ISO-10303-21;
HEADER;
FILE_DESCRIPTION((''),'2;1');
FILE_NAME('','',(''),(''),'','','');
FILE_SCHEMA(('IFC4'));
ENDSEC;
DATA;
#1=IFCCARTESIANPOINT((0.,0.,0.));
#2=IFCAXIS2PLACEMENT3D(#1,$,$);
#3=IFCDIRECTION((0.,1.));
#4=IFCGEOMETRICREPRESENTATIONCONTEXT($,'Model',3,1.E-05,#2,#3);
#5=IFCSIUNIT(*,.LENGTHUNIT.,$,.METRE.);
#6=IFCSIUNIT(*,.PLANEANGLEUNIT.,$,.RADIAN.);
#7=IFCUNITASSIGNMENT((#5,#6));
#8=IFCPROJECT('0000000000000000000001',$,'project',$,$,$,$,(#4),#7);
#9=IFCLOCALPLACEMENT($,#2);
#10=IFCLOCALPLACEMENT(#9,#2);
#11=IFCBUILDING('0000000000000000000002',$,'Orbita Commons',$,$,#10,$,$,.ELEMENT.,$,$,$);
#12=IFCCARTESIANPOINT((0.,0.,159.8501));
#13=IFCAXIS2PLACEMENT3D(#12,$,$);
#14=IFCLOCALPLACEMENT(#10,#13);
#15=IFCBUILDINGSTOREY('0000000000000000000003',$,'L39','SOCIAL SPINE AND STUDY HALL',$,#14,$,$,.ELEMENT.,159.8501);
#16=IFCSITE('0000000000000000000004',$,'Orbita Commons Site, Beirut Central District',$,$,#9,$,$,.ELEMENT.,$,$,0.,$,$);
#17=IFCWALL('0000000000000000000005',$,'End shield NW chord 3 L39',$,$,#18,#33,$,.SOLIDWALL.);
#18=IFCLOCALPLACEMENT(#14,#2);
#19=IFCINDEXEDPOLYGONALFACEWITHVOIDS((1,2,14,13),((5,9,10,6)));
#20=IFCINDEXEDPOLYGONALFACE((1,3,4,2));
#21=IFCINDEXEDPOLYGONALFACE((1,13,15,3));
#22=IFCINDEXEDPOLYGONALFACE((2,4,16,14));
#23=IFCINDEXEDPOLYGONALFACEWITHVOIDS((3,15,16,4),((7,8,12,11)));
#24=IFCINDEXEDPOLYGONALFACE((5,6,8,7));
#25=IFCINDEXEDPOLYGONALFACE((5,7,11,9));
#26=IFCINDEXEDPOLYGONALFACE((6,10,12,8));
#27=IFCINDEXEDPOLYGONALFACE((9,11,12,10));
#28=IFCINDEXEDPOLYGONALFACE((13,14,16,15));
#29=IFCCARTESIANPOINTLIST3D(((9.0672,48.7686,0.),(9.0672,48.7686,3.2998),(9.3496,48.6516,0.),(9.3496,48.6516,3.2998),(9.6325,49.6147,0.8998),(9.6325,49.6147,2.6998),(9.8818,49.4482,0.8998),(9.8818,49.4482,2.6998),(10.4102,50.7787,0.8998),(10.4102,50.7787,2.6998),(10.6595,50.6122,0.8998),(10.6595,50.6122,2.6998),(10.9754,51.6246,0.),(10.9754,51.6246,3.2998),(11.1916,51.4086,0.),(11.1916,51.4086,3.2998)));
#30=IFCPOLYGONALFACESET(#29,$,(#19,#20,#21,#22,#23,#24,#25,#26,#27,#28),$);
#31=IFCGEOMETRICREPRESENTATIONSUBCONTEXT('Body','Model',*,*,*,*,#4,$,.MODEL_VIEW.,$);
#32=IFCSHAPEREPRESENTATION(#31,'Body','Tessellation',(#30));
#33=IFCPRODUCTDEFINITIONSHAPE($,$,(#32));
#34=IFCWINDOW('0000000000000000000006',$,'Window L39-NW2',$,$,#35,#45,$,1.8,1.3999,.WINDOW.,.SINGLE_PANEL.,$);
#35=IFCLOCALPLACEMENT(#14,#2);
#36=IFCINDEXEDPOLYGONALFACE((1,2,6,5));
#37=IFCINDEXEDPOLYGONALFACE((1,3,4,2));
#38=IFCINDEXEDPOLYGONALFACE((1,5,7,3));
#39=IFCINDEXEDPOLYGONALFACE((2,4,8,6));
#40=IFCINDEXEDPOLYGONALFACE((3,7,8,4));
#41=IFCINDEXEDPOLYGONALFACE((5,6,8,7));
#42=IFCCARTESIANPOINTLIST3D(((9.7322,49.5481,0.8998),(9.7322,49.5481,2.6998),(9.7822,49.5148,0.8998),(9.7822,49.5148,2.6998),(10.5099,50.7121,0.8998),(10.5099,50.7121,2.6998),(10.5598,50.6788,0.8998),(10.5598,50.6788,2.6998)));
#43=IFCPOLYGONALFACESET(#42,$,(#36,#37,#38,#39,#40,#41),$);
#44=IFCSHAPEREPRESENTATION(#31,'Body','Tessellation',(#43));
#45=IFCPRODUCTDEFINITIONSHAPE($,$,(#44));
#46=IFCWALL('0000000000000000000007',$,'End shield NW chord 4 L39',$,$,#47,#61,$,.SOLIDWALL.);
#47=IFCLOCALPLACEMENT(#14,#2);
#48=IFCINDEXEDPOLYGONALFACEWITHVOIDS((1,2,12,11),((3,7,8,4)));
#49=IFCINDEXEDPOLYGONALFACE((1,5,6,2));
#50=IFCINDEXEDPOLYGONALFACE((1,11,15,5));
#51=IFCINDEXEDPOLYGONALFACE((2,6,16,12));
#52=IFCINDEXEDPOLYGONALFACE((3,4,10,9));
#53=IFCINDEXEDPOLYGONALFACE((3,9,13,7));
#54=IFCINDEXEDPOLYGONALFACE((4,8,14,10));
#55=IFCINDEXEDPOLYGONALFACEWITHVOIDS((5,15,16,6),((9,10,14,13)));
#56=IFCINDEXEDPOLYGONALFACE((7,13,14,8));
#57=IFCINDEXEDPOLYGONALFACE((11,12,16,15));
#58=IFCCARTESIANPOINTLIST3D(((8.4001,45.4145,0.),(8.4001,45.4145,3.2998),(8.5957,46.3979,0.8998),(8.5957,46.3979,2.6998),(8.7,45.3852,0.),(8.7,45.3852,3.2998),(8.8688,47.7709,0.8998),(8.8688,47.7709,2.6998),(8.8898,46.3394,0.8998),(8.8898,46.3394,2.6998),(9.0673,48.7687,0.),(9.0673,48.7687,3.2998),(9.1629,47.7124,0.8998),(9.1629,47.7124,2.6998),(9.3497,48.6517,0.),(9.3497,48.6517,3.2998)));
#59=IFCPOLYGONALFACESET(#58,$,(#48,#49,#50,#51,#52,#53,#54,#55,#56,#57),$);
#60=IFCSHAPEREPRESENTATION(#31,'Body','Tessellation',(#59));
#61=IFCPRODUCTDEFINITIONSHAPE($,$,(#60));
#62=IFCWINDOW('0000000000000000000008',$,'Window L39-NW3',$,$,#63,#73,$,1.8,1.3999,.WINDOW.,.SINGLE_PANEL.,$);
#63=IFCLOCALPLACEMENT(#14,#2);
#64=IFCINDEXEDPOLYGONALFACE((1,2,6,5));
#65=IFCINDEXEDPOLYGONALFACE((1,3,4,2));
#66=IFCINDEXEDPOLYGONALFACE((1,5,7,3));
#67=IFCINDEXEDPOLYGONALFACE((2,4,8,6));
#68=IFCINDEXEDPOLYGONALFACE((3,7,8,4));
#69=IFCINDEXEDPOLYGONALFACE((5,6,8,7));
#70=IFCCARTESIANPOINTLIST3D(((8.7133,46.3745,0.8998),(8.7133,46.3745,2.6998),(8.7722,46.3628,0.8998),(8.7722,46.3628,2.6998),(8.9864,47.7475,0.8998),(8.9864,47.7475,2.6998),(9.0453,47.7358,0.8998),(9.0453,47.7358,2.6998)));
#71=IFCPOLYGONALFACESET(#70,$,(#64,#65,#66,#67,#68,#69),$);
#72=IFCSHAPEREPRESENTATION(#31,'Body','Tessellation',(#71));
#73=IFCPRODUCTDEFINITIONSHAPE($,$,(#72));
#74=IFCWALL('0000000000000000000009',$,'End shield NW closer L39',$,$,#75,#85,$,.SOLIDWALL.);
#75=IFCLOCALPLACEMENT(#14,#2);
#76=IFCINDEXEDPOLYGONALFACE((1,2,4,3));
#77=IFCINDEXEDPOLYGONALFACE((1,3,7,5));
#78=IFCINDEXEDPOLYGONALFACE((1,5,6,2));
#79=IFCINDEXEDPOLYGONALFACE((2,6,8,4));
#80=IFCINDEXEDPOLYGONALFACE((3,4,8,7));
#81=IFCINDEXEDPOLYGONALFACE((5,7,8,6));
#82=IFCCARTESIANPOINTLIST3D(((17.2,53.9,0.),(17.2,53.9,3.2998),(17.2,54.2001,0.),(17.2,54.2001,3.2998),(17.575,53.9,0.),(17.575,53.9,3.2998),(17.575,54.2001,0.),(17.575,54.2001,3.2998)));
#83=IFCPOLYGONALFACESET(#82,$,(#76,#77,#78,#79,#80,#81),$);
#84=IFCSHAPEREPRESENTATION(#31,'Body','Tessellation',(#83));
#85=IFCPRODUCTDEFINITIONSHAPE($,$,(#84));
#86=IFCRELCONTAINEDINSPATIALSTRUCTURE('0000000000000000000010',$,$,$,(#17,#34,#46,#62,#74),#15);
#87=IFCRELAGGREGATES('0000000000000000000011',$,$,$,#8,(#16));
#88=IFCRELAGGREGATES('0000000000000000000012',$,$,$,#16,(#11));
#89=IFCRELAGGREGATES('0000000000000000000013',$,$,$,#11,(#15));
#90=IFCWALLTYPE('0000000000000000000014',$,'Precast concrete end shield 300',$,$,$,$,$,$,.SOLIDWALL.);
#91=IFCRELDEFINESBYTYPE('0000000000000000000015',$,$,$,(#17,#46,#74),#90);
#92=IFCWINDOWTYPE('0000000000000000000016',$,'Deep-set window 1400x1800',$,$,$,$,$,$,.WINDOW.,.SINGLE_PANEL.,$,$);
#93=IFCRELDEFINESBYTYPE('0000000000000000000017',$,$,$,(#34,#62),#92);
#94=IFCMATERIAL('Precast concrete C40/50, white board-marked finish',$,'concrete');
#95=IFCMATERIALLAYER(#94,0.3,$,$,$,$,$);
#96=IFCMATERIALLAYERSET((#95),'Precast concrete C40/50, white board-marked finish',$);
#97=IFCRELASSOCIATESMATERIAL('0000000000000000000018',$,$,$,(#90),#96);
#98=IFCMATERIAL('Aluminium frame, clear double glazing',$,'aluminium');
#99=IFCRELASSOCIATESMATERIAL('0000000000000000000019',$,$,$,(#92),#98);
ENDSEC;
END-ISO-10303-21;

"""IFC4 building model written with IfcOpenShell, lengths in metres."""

from ifc_helpers import new_model, si_unit, direction, frame, frame_2d, origin, place, context, subcontext, project, spatial, polyline, rectangle, outline, extrude, material, layer, layer_set, type_object, element, fill, save


model = new_model("IFC4")

# Units and contexts
model_context = context("Model", 3, precision=1e-05, world=origin(), true_north=direction((0.0, 1.0)))
body_context = subcontext(model_context, "Body", "Model", "MODEL_VIEW")
ifc_project = project(units=[si_unit("LENGTHUNIT", "METRE"), si_unit("PLANEANGLEUNIT", "RADIAN")], contexts=[model_context])

# Site, building, storey
site_placement = place(None, origin())
site = spatial("IfcSite", under=ifc_project, at=site_placement, Name="Orbita Commons Site, Beirut Central District", CompositionType="ELEMENT", RefElevation=0.0)
building_placement = place(site_placement, origin())
building = spatial("IfcBuilding", under=site, at=building_placement, Name="Orbita Commons", CompositionType="ELEMENT")
storey_placement = place(building_placement, frame((0.0, 0.0, 159.8501)))
storey = spatial("IfcBuildingStorey", under=building, at=storey_placement, Name="L39", Description="SOCIAL SPINE AND STUDY HALL", CompositionType="ELEMENT", Elevation=159.8501)

# Walls, openings, windows
ifc_material_1 = material(Name="Precast concrete C40/50, white board-marked finish", Category="concrete")
ifc_layer_1 = layer(ifc_material_1, 0.3)
ifc_layer_set_1 = layer_set([ifc_layer_1], Name="Precast concrete C40/50, white board-marked finish")
wall_type_1 = type_object("IfcWallType", Name="Precast concrete end shield 300", PredefinedType="SOLIDWALL", material=ifc_layer_set_1)
ifc_material_2 = material(Name="Aluminium frame, clear double glazing", Category="aluminium")
window_type = type_object("IfcWindowType", Name="Deep-set window 1400x1800", PartitioningType="SINGLE_PANEL", PredefinedType="WINDOW", material=ifc_material_2)
wall_1_placement = place(storey_placement, frame((11.0835, 51.5166, 0.0), z_axis=(0.0, 0.0, 1.0), x_axis=(-0.555535, -0.831493, 0.0)))
wall_1 = element("IfcWall", 1, at=wall_1_placement, inside=storey, type_object=wall_type_1, Name="End shield NW chord 3 L39", PredefinedType="SOLIDWALL", context=body_context, shape_type="SweptSolid", body=[
    extrude(outline(polyline([(-0.0298, -0.1499), (3.405, -0.1499), (3.3455, 0.1499), (0.0298, 0.1499), (-0.0298, -0.1499)])), origin(), (0.0, 0.0, 1.0), 3.2998),
])
opening_1_placement = place(wall_1_placement, frame((0.9875, 0.0, 0.8999)))
opening_1 = element("IfcOpeningElement", 2, at=opening_1_placement, cuts=wall_1, PredefinedType="OPENING", context=body_context, shape_type="SweptSolid", body=[
    extrude(rectangle(XDim=1.3999, YDim=1.8, at=frame_2d((0.7, 0.8999))), frame((0.0, 0.1599, 0.0), z_axis=(0.0, -1.0, 0.0), x_axis=(1.0, 0.0, 0.0)), (0.0, 0.0, 1.0), 0.3201),
])
window_1_placement = place(opening_1_placement, origin())
window_1 = element("IfcWindow", 3, at=window_1_placement, inside=storey, type_object=window_type, Name="Window L39-NW2", OverallHeight=1.8, OverallWidth=1.3999, PartitioningType="SINGLE_PANEL", PredefinedType="WINDOW", context=body_context, shape_type="SweptSolid", body=[
    extrude(rectangle(XDim=1.3999, YDim=1.8, at=frame_2d((0.7, 0.8999))), frame((0.0, 0.03, 0.0), z_axis=(0.0, -1.0, 0.0), x_axis=(1.0, 0.0, 0.0)), (0.0, 0.0, 1.0), 0.0601),
])
fill(opening_1, window_1)
wall_2_placement = place(storey_placement, frame((9.2085, 48.7102, 0.0), z_axis=(0.0, 0.0, 1.0), x_axis=(-0.195087, -0.980786, 0.0)))
wall_2 = element("IfcWall", 4, at=wall_2_placement, inside=storey, type_object=wall_type_1, Name="End shield NW chord 4 L39", PredefinedType="SOLIDWALL", context=body_context, shape_type="SweptSolid", body=[
    extrude(outline(polyline([(-0.0298, -0.1499), (3.3901, -0.1499), (3.3604, 0.1499), (0.0298, 0.1499), (-0.0298, -0.1499)])), origin(), (0.0, 0.0, 1.0), 3.2998),
])
opening_2_placement = place(wall_2_placement, frame((0.9875, 0.0, 0.8999)))
opening_2 = element("IfcOpeningElement", 5, at=opening_2_placement, cuts=wall_2, PredefinedType="OPENING", context=body_context, shape_type="SweptSolid", body=[
    extrude(rectangle(XDim=1.3999, YDim=1.8, at=frame_2d((0.7, 0.8999))), frame((0.0, 0.1599, 0.0), z_axis=(0.0, -1.0, 0.0), x_axis=(1.0, 0.0, 0.0)), (0.0, 0.0, 1.0), 0.3201),
])
window_2_placement = place(opening_2_placement, origin())
window_2 = element("IfcWindow", 6, at=window_2_placement, inside=storey, type_object=window_type, Name="Window L39-NW3", OverallHeight=1.8, OverallWidth=1.3999, PartitioningType="SINGLE_PANEL", PredefinedType="WINDOW", context=body_context, shape_type="SweptSolid", body=[
    extrude(rectangle(XDim=1.3999, YDim=1.8, at=frame_2d((0.7, 0.8999))), frame((0.0, 0.03, 0.0), z_axis=(0.0, -1.0, 0.0), x_axis=(1.0, 0.0, 0.0)), (0.0, 0.0, 1.0), 0.0601),
])
fill(opening_2, window_2)

# Wall
wall_3_placement = place(storey_placement, frame((17.2, 54.05, 0.0), z_axis=(0.0, 0.0, 1.0), x_axis=(1.0, 0.0, 0.0)))
element("IfcWall", 7, at=wall_3_placement, inside=storey, type_object=wall_type_1, Name="End shield NW closer L39", PredefinedType="SOLIDWALL", context=body_context, shape_type="SweptSolid", body=[
    extrude(rectangle(XDim=0.375, YDim=0.3, at=frame_2d((0.1875, 0.0))), origin(), (0.0, 0.0, 1.0), 3.2998),
])

save(model, "model.ifc")
